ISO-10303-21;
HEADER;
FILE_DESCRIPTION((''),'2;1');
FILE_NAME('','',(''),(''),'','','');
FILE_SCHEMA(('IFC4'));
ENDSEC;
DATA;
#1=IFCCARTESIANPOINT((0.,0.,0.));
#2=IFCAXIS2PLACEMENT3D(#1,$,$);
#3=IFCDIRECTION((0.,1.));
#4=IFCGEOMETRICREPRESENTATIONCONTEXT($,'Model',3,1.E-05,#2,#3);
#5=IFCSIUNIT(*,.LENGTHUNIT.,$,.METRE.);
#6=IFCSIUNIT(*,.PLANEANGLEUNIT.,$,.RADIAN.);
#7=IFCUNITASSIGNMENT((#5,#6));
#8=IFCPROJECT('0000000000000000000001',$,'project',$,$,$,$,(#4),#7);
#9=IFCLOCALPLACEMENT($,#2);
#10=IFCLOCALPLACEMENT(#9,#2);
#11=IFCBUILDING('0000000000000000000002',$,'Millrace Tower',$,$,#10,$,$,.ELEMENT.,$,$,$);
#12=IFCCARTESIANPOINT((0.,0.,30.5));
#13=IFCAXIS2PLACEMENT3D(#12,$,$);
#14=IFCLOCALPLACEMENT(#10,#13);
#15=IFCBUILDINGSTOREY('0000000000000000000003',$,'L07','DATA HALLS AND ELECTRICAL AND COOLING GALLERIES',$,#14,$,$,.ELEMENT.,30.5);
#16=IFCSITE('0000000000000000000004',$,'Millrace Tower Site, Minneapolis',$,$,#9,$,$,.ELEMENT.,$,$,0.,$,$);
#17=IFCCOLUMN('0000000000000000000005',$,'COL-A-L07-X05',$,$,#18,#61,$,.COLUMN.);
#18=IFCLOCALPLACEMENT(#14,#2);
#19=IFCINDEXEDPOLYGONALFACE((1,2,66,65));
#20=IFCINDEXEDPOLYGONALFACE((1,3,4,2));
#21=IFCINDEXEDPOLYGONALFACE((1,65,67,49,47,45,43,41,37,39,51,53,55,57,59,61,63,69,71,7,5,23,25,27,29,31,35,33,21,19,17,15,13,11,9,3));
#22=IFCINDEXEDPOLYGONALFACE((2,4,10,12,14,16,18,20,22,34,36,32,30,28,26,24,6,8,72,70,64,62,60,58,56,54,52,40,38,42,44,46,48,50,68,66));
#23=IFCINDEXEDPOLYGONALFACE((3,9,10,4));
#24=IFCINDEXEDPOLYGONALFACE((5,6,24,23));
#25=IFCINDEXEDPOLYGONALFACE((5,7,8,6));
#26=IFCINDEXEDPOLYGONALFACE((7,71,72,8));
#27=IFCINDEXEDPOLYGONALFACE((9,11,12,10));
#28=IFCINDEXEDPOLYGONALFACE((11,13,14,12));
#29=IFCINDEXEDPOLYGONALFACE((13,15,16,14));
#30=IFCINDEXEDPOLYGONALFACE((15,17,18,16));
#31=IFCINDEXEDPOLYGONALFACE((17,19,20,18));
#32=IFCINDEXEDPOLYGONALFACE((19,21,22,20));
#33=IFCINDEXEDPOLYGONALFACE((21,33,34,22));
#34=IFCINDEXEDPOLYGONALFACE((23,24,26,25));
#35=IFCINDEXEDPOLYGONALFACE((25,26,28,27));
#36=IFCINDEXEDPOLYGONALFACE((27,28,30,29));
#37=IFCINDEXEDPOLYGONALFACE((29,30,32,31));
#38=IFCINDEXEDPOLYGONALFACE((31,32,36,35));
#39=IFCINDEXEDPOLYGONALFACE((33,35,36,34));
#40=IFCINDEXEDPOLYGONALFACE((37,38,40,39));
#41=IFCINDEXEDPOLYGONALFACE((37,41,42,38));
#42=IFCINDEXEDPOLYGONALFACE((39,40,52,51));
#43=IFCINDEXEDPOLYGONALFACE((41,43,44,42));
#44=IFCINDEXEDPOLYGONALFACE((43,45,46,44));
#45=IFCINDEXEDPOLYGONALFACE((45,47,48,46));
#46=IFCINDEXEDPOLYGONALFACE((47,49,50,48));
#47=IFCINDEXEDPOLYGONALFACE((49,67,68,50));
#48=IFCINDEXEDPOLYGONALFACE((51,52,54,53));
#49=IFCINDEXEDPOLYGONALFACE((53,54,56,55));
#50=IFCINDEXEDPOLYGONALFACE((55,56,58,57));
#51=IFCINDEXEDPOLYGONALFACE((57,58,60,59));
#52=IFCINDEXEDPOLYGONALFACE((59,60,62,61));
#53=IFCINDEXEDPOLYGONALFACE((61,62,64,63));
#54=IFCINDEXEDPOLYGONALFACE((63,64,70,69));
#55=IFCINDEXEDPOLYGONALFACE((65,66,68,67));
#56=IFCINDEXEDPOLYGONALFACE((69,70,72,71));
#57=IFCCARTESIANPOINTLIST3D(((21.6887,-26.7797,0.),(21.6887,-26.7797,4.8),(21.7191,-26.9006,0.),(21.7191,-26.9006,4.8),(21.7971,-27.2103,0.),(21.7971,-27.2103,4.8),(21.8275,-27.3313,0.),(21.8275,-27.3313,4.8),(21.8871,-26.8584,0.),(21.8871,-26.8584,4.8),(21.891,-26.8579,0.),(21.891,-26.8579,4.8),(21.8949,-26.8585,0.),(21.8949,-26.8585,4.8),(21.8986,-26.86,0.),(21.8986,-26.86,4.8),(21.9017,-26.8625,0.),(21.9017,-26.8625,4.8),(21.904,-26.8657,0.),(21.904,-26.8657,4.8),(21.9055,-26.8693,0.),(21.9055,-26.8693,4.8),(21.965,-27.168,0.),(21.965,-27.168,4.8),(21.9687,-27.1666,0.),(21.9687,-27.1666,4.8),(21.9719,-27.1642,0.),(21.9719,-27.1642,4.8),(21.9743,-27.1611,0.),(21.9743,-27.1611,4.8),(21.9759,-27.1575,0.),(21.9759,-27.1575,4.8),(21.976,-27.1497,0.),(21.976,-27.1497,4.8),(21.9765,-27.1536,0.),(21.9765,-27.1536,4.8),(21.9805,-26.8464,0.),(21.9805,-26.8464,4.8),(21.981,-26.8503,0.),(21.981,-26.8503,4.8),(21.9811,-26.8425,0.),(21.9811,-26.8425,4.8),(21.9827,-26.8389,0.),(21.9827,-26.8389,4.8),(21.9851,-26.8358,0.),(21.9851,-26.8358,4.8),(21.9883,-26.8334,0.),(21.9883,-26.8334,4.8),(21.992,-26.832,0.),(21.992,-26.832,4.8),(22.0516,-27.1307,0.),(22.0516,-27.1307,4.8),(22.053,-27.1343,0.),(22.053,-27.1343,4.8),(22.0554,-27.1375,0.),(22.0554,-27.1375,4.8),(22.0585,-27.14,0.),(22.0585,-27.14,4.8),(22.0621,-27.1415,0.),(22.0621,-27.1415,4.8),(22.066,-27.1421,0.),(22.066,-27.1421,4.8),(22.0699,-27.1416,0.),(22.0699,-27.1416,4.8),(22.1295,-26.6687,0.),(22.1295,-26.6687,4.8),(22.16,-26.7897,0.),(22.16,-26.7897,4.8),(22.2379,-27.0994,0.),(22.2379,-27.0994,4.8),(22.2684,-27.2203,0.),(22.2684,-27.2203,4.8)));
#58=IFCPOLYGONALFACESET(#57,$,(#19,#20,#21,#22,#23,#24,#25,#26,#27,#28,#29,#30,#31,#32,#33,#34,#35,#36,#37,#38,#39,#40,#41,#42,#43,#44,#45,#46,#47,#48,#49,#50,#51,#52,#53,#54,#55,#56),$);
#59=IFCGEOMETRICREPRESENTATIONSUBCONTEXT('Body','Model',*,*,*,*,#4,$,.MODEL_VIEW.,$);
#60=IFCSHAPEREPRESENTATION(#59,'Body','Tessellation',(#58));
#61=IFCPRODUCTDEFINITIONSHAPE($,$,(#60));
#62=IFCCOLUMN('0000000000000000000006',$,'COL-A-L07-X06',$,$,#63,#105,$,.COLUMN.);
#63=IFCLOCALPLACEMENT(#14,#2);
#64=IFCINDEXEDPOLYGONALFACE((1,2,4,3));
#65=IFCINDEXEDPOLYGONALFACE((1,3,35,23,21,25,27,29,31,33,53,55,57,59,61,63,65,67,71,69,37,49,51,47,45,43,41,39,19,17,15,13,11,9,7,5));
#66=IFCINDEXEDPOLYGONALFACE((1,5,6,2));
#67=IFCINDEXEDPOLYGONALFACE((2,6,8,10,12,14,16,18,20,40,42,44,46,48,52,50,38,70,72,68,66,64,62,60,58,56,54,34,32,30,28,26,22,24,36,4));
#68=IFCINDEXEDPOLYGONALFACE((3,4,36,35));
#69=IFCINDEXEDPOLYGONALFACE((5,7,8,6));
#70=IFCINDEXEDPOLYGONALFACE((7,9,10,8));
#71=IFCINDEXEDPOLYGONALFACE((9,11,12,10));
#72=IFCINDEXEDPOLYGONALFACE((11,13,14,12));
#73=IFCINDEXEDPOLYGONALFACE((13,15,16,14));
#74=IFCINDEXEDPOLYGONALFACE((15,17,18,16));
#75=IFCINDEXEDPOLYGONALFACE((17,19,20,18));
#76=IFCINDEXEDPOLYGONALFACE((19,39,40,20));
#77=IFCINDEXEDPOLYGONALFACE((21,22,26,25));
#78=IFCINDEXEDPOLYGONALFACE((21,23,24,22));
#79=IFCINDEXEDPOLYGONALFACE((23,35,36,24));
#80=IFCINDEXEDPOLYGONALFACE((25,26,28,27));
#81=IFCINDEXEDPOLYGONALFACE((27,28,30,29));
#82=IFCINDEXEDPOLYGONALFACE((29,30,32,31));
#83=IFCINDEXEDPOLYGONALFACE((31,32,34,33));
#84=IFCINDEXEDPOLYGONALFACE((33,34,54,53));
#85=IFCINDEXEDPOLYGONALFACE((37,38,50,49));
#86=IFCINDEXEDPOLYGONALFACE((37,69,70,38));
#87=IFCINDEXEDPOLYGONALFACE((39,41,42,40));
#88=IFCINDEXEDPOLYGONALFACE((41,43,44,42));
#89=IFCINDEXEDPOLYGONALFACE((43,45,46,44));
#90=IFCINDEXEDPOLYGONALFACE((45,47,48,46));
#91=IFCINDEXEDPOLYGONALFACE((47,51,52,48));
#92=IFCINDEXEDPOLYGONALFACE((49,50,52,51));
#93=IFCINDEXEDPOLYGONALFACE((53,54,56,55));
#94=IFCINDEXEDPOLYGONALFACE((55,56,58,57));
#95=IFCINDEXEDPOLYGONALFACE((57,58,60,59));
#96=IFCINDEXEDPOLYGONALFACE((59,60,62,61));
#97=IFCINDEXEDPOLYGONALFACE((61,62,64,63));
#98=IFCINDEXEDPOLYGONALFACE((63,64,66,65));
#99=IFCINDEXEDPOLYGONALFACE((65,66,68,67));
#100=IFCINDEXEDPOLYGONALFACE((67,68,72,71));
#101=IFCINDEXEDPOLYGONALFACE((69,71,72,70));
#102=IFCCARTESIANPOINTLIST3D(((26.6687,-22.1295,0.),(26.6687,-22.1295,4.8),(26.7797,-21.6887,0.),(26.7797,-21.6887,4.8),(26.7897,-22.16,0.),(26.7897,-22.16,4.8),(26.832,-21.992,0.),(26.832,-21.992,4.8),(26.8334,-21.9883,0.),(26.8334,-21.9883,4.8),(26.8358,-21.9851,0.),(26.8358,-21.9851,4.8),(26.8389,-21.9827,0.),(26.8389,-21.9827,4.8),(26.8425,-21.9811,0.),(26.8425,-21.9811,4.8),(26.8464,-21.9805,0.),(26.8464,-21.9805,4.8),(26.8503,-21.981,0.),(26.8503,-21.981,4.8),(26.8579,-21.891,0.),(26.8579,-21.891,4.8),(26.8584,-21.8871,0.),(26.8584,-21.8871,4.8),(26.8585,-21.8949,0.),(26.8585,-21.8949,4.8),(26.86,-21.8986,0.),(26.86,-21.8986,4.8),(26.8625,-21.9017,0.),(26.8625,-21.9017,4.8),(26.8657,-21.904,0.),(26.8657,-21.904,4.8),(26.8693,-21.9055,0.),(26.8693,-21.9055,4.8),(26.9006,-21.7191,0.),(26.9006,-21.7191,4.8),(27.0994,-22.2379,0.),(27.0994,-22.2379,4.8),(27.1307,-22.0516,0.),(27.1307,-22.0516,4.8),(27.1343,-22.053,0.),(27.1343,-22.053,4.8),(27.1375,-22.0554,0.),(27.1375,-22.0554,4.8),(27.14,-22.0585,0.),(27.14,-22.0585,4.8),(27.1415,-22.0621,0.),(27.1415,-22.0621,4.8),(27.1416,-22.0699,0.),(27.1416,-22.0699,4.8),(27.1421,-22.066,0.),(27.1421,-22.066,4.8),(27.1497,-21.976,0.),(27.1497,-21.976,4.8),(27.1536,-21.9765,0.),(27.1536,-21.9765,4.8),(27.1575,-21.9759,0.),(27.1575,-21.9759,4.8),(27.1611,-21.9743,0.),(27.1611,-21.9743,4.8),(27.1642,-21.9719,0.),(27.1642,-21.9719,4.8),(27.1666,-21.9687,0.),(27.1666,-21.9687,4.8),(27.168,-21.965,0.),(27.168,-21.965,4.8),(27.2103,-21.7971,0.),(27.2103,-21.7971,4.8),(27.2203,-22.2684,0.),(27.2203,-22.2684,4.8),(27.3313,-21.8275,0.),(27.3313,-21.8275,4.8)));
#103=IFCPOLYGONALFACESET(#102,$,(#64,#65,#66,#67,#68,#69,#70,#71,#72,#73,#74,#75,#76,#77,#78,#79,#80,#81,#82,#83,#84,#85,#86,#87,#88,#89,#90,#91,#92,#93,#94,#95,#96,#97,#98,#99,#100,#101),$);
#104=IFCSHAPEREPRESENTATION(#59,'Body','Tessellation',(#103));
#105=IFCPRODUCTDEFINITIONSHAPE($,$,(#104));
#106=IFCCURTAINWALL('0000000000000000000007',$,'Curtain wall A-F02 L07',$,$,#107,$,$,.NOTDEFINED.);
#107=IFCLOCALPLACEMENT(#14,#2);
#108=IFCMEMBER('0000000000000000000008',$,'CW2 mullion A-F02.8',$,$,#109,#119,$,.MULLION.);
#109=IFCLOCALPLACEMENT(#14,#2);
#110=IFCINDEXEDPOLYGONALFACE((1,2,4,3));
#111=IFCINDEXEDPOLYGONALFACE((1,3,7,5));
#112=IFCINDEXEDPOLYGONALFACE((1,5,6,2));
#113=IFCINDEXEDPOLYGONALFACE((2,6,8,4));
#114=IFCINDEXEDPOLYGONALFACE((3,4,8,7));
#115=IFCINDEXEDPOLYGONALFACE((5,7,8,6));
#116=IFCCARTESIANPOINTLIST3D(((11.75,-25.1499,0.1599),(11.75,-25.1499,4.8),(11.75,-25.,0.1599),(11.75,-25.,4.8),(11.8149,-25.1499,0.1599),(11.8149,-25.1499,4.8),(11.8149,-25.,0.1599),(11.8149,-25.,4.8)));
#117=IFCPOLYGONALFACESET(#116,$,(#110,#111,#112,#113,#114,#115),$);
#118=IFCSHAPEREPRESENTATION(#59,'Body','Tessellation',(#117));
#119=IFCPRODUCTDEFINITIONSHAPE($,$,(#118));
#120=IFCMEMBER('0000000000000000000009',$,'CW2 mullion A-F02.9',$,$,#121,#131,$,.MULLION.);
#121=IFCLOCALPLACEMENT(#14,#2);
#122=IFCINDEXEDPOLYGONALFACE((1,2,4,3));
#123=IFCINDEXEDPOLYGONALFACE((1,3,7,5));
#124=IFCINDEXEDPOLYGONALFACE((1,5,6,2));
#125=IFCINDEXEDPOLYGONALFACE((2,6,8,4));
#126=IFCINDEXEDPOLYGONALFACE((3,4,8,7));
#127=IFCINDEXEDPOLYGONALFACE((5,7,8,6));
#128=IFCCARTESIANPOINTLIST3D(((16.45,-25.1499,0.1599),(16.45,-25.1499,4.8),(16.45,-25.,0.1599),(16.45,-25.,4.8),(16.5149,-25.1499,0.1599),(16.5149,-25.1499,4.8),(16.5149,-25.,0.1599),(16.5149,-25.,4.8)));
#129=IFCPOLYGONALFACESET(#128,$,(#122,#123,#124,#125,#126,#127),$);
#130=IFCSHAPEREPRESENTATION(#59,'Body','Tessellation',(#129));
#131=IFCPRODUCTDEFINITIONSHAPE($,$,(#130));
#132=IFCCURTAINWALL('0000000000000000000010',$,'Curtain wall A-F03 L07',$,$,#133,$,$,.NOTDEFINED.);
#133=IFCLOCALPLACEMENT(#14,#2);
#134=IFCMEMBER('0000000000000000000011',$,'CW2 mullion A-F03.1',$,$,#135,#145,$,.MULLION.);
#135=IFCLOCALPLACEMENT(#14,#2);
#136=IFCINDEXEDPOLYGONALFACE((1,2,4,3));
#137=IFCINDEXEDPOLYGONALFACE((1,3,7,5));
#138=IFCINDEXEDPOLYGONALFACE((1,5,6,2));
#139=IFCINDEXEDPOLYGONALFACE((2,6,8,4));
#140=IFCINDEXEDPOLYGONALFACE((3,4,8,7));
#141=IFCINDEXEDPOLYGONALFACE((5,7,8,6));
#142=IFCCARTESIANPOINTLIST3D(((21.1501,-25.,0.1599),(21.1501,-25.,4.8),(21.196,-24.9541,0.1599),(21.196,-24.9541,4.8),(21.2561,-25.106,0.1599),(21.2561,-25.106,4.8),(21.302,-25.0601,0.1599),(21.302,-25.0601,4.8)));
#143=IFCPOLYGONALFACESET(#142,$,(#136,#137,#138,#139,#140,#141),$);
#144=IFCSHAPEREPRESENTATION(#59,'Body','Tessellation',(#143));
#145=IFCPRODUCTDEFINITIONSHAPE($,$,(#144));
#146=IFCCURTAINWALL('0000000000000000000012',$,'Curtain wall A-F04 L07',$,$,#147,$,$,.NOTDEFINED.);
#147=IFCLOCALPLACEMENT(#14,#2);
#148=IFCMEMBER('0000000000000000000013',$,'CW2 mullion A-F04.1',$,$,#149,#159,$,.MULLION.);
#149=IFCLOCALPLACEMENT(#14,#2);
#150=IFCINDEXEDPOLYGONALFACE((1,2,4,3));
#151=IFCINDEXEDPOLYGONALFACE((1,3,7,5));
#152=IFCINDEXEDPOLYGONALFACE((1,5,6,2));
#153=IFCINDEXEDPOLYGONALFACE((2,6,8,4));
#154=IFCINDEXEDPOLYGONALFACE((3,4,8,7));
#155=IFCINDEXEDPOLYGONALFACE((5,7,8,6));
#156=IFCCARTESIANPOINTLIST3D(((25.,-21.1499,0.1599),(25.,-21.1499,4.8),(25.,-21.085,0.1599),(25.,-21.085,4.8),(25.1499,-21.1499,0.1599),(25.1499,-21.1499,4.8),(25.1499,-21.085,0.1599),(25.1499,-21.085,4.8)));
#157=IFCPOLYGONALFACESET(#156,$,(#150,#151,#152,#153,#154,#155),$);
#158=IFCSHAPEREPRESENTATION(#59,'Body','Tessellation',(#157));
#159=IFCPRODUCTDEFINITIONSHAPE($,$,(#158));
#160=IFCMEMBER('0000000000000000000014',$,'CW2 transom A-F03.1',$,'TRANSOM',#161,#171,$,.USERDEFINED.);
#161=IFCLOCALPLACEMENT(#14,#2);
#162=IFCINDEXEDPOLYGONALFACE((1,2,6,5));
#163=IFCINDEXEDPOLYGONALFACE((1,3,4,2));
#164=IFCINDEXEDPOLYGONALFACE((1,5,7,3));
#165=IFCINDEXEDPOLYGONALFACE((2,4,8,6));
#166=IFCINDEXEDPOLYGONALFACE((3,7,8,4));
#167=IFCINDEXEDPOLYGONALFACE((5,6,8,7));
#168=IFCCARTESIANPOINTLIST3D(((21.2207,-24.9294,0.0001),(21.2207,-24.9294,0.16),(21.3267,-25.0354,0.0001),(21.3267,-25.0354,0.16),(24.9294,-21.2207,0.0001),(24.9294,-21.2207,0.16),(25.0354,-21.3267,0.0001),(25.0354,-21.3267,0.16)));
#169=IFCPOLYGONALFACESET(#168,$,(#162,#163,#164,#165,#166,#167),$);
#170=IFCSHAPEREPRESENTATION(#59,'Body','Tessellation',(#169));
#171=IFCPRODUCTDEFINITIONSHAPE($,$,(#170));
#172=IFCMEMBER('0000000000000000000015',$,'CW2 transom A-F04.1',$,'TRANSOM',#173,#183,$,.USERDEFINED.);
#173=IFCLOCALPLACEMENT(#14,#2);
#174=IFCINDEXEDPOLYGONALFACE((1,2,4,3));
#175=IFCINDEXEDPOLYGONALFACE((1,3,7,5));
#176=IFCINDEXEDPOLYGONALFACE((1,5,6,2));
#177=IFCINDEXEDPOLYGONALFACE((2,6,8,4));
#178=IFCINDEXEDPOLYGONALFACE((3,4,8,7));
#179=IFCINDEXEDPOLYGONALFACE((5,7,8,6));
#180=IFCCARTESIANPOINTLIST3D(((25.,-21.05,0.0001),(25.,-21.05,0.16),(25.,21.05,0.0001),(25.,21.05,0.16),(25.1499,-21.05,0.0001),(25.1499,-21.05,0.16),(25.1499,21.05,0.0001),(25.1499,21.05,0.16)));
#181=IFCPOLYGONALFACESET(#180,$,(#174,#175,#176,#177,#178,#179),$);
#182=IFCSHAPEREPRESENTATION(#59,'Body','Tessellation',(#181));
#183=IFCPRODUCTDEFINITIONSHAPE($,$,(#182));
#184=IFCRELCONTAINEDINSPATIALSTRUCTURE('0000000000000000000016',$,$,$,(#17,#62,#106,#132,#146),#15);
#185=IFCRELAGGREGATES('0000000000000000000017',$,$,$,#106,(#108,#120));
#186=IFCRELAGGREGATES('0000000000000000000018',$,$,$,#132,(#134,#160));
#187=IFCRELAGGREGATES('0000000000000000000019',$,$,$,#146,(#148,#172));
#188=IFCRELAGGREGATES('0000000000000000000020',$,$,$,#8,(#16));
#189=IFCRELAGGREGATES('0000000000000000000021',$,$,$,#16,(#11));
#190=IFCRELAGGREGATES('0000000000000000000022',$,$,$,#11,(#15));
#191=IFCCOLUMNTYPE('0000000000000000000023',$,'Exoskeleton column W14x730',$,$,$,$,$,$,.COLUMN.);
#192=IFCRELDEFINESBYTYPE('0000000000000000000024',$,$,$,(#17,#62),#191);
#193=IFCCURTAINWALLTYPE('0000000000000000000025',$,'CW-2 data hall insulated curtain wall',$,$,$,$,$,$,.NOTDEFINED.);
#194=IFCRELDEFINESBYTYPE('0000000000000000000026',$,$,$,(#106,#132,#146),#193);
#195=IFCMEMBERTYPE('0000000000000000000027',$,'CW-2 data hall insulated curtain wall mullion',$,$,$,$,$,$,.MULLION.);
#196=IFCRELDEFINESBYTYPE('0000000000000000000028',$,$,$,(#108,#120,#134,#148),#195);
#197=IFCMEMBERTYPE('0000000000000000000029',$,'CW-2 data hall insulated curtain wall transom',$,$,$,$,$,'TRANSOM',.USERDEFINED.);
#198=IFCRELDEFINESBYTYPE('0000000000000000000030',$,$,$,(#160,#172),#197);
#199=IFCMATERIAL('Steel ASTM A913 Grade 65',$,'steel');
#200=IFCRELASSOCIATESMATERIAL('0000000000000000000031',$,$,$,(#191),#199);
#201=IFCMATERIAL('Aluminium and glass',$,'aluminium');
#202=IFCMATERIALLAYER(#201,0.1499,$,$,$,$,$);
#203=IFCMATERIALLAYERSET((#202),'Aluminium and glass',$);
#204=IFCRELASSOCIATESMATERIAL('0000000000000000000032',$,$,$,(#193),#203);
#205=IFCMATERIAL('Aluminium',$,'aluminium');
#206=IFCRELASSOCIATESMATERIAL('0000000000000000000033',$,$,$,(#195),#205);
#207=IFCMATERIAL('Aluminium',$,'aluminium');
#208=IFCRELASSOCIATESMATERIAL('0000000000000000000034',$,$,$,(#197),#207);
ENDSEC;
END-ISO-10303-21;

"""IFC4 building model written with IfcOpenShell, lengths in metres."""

from ifc_helpers import new_model, si_unit, direction, frame, origin, origin_2d, place, context, subcontext, project, spatial, rectangle, i_section, extrude, material, layer, layer_set, material_profile, profile_set, type_object, element, aggregate, save


model = new_model("IFC4")

# Units and contexts
model_context = context("Model", 3, precision=1e-05, world=origin(), true_north=direction((0.0, 1.0)))
body_context = subcontext(model_context, "Body", "Model", "MODEL_VIEW")
ifc_project = project(units=[si_unit("LENGTHUNIT", "METRE"), si_unit("PLANEANGLEUNIT", "RADIAN")], contexts=[model_context])

# Site, building, storey
site_placement = place(None, origin())
site = spatial("IfcSite", under=ifc_project, at=site_placement, Name="Millrace Tower Site, Minneapolis", CompositionType="ELEMENT", RefElevation=0.0)
building_placement = place(site_placement, origin())
building = spatial("IfcBuilding", under=site, at=building_placement, Name="Millrace Tower", CompositionType="ELEMENT")
storey_placement = place(building_placement, frame((0.0, 0.0, 30.5)))
storey = spatial("IfcBuildingStorey", under=building, at=storey_placement, Name="L07", Description="DATA HALLS AND ELECTRICAL AND COOLING GALLERIES", CompositionType="ELEMENT", Elevation=30.5)

# Columns
ifc_material_1 = material(Name="Steel ASTM A913 Grade 65", Category="steel")
ifc_material_profile_1 = material_profile(ifc_material_1, i_section(OverallWidth=0.4546, OverallDepth=0.5688, WebThickness=0.0779, FlangeThickness=0.1248, FilletRadius=0.0151, at=origin_2d()))
ifc_profile_set_1 = profile_set([ifc_material_profile_1], Name="Steel ASTM A913 Grade 65")
column_type = type_object("IfcColumnType", Name="Exoskeleton column W14x730", PredefinedType="COLUMN", material=ifc_profile_set_1)
for number, where, z_axis, x_axis, name in (
    (1, (21.9785, -27.0, 0.0), (0.0, 0.0, 1.0), (0.969752, 0.244094, 0.0), "COL-A-L07-X05"),
    (2, (27.0, -21.9785, 0.0), (0.0, 0.0, 1.0), (0.244094, 0.969752, 0.0), "COL-A-L07-X06"),
):
    element("IfcColumn", number, at=place(storey_placement, frame(where, z_axis=z_axis, x_axis=x_axis)), inside=storey, type_object=column_type, Name=name, PredefinedType="COLUMN", context=body_context, shape_type="SweptSolid", body=[
        extrude(i_section(OverallWidth=0.4546, OverallDepth=0.5688, WebThickness=0.0779, FlangeThickness=0.1248, FilletRadius=0.0151, at=origin_2d()), origin(), (0.0, 0.0, 1.0), 4.8),
    ])

# Curtain wall, members
ifc_material_2 = material(Name="Aluminium and glass", Category="aluminium")
ifc_layer_1 = layer(ifc_material_2, 0.1499)
ifc_layer_set_1 = layer_set([ifc_layer_1], Name="Aluminium and glass")
curtain_wall_type = type_object("IfcCurtainWallType", Name="CW-2 data hall insulated curtain wall", PredefinedType="NOTDEFINED", material=ifc_layer_set_1)
placement = place(storey_placement, origin())
curtain_wall_1 = element("IfcCurtainWall", 3, at=placement, inside=storey, type_object=curtain_wall_type, Name="Curtain wall A-F02 L07", PredefinedType="NOTDEFINED")
ifc_material_3 = material(Name="Aluminium", Category="aluminium")
ifc_material_profile_2 = material_profile(ifc_material_3, rectangle(XDim=0.0649, YDim=0.1499, at=origin_2d()))
ifc_profile_set_2 = profile_set([ifc_material_profile_2], Name="Aluminium")
member_type_1 = type_object("IfcMemberType", Name="CW-2 data hall insulated curtain wall mullion", PredefinedType="MULLION", material=ifc_profile_set_2)
member_1_placement = place(storey_placement, frame((11.7825, -25.075, 0.1599), z_axis=(0.0, 0.0, 1.0), x_axis=(1.0, 0.0, 0.0)))
member_1 = element("IfcMember", 4, at=member_1_placement, type_object=member_type_1, Name="CW2 mullion A-F02.8", PredefinedType="MULLION", context=body_context, shape_type="SweptSolid", body=[
    extrude(rectangle(XDim=0.0649, YDim=0.1499, at=origin_2d()), origin(), (0.0, 0.0, 1.0), 4.6401),
])
member_2_placement = place(storey_placement, frame((16.4824, -25.075, 0.1599), z_axis=(0.0, 0.0, 1.0), x_axis=(1.0, 0.0, 0.0)))
member_2 = element("IfcMember", 5, at=member_2_placement, type_object=member_type_1, Name="CW2 mullion A-F02.9", PredefinedType="MULLION", context=body_context, shape_type="SweptSolid", body=[
    extrude(rectangle(XDim=0.0649, YDim=0.1499, at=origin_2d()), origin(), (0.0, 0.0, 1.0), 4.6401),
])
aggregate(curtain_wall_1, [member_1, member_2])

# Curtain walls, members
curtain_wall_2 = element("IfcCurtainWall", 6, at=placement, inside=storey, type_object=curtain_wall_type, Name="Curtain wall A-F03 L07", PredefinedType="NOTDEFINED")
member_3_placement = place(storey_placement, frame((21.2261, -25.03, 0.1599), z_axis=(0.0, 0.0, 1.0), x_axis=(0.707107, 0.707107, 0.0)))
member_3 = element("IfcMember", 7, at=member_3_placement, type_object=member_type_1, Name="CW2 mullion A-F03.1", PredefinedType="MULLION", context=body_context, shape_type="SweptSolid", body=[
    extrude(rectangle(XDim=0.0649, YDim=0.1499, at=origin_2d()), origin(), (0.0, 0.0, 1.0), 4.6401),
])
curtain_wall_3 = element("IfcCurtainWall", 8, at=placement, inside=storey, type_object=curtain_wall_type, Name="Curtain wall A-F04 L07", PredefinedType="NOTDEFINED")
member_4_placement = place(storey_placement, frame((25.075, -21.1174, 0.1599), z_axis=(0.0, 0.0, 1.0), x_axis=(0.0, 1.0, 0.0)))
member_4 = element("IfcMember", 9, at=member_4_placement, type_object=member_type_1, Name="CW2 mullion A-F04.1", PredefinedType="MULLION", context=body_context, shape_type="SweptSolid", body=[
    extrude(rectangle(XDim=0.0649, YDim=0.1499, at=origin_2d()), origin(), (0.0, 0.0, 1.0), 4.6401),
])

# Members
ifc_material_4 = material(Name="Aluminium", Category="aluminium")
ifc_material_profile_3 = material_profile(ifc_material_4, rectangle(XDim=0.1499, YDim=0.1599, at=origin_2d()))
ifc_profile_set_3 = profile_set([ifc_material_profile_3], Name="Aluminium")
member_type_2 = type_object("IfcMemberType", Name="CW-2 data hall insulated curtain wall transom", ElementType="TRANSOM", PredefinedType="USERDEFINED", material=ifc_profile_set_3)
member_5_placement = place(storey_placement, frame((21.2737, -24.9824, 0.0801), z_axis=(0.707107, 0.707107, 0.0), x_axis=(-0.707107, 0.707107, 0.0)))
member_5 = element("IfcMember", 10, at=member_5_placement, type_object=member_type_2, Name="CW2 transom A-F03.1", ObjectType="TRANSOM", PredefinedType="USERDEFINED", context=body_context, shape_type="SweptSolid", body=[
    extrude(rectangle(XDim=0.1499, YDim=0.1599, at=origin_2d()), origin(), (0.0, 0.0, 1.0), 5.2449),
])
aggregate(curtain_wall_2, [member_3, member_5])
member_6_placement = place(storey_placement, frame((25.075, -21.05, 0.0801), z_axis=(0.0, 1.0, 0.0), x_axis=(-1.0, 0.0, 0.0)))
member_6 = element("IfcMember", 11, at=member_6_placement, type_object=member_type_2, Name="CW2 transom A-F04.1", ObjectType="TRANSOM", PredefinedType="USERDEFINED", context=body_context, shape_type="SweptSolid", body=[
    extrude(rectangle(XDim=0.1499, YDim=0.1599, at=origin_2d()), origin(), (0.0, 0.0, 1.0), 42.1001),
])
aggregate(curtain_wall_3, [member_4, member_6])

save(model, "model.ifc")
